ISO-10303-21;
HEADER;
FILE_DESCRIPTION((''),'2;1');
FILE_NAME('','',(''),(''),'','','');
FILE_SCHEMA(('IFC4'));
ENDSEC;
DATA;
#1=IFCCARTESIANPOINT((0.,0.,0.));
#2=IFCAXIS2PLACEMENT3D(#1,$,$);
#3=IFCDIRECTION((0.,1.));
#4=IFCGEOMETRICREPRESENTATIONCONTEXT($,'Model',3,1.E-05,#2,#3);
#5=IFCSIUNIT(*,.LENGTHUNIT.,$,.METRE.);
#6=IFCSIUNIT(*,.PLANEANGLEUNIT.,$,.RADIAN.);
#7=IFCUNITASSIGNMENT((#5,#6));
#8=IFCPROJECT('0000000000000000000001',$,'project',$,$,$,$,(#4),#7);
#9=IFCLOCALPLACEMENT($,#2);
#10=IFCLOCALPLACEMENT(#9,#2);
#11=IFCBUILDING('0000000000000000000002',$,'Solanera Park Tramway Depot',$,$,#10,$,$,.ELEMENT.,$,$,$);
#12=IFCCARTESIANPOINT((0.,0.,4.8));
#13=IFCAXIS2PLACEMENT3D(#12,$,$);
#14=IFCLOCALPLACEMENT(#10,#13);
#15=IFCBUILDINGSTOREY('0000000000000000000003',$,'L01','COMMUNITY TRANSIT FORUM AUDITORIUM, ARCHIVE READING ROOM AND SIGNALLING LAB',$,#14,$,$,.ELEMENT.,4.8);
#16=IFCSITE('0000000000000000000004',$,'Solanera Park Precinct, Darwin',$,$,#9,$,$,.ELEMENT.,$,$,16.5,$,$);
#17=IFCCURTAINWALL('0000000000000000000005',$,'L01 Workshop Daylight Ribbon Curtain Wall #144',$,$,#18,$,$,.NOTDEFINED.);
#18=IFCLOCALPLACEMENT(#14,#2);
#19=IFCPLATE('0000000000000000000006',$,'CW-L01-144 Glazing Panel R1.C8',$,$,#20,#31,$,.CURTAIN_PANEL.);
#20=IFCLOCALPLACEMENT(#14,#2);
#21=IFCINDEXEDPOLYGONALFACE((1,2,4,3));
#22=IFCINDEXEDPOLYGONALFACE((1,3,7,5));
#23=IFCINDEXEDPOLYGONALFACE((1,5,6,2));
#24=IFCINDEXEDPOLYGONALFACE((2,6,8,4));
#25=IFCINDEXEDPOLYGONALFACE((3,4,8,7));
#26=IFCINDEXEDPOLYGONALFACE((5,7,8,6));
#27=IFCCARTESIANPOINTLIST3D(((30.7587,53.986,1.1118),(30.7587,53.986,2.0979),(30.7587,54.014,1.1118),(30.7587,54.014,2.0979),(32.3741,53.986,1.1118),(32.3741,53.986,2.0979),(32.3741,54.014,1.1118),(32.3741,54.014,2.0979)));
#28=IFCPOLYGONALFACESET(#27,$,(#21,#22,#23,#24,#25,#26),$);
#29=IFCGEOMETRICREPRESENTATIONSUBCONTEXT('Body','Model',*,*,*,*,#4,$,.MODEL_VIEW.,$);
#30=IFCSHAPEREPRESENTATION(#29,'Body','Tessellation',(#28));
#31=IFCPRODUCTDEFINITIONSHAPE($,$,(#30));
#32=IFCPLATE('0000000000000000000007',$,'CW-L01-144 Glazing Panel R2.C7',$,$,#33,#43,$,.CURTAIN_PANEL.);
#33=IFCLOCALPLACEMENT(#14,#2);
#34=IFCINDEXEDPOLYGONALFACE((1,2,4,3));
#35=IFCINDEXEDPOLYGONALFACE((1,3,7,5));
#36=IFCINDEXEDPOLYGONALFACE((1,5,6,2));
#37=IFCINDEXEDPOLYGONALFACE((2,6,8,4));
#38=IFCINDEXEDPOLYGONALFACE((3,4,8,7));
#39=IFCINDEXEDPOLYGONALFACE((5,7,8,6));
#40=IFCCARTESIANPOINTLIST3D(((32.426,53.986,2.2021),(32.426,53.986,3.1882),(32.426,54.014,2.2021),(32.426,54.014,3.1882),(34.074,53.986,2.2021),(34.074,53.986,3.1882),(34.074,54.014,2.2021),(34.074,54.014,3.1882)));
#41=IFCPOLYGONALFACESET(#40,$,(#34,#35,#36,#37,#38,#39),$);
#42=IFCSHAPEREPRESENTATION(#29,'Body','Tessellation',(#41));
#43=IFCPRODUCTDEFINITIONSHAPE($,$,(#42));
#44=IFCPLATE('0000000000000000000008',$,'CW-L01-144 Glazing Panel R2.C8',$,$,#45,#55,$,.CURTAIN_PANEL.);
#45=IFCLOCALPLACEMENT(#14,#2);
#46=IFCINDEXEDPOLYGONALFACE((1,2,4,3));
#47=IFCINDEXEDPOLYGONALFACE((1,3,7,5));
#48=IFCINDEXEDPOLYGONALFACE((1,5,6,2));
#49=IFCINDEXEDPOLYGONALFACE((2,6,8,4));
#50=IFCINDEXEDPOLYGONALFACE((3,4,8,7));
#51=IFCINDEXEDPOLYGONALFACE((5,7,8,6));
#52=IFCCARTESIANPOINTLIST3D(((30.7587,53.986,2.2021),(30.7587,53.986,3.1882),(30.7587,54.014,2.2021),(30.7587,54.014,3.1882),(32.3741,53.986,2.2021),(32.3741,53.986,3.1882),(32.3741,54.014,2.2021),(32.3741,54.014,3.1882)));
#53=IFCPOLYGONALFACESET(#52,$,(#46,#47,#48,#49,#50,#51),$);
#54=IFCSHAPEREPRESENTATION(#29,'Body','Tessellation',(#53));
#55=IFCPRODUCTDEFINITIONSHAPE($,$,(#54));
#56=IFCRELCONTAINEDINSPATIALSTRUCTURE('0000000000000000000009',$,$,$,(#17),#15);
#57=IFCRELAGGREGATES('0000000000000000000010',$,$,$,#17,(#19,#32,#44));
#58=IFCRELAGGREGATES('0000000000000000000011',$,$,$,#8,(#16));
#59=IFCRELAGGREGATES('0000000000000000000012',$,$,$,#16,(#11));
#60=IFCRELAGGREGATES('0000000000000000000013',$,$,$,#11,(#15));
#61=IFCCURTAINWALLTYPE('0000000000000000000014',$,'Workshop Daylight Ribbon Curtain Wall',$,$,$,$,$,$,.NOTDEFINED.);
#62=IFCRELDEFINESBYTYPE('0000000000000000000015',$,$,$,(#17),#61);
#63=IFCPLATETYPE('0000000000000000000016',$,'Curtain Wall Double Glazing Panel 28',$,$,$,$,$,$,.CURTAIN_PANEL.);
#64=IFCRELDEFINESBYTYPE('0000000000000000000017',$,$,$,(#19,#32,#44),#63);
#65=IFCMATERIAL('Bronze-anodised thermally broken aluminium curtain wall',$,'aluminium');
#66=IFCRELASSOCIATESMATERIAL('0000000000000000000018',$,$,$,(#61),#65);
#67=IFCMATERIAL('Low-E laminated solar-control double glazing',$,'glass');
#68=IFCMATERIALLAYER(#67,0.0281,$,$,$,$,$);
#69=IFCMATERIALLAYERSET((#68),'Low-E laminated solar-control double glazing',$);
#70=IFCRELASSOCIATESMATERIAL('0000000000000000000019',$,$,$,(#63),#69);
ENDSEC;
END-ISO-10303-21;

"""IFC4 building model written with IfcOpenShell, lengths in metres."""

from ifc_helpers import new_model, si_unit, direction, frame, origin, origin_2d, place, context, subcontext, project, spatial, rectangle, extrude, material, layer, layer_set, type_object, element, aggregate, save


model = new_model("IFC4")

# Units and contexts
model_context = context("Model", 3, precision=1e-05, world=origin(), true_north=direction((0.0, 1.0)))
body_context = subcontext(model_context, "Body", "Model", "MODEL_VIEW")
ifc_project = project(units=[si_unit("LENGTHUNIT", "METRE"), si_unit("PLANEANGLEUNIT", "RADIAN")], contexts=[model_context])

# Site, building, storey
site_placement = place(None, origin())
site = spatial("IfcSite", under=ifc_project, at=site_placement, Name="Solanera Park Precinct, Darwin", CompositionType="ELEMENT", RefElevation=16.5)
building_placement = place(site_placement, origin())
building = spatial("IfcBuilding", under=site, at=building_placement, Name="Solanera Park Tramway Depot", CompositionType="ELEMENT")
storey_placement = place(building_placement, frame((0.0, 0.0, 4.8)))
storey = spatial("IfcBuildingStorey", under=building, at=storey_placement, Name="L01", Description="COMMUNITY TRANSIT FORUM AUDITORIUM, ARCHIVE READING ROOM AND SIGNALLING LAB", CompositionType="ELEMENT", Elevation=4.8)

# Curtain wall
ifc_material_1 = material(Name="Bronze-anodised thermally broken aluminium curtain wall", Category="aluminium")
curtain_wall_type = type_object("IfcCurtainWallType", Name="Workshop Daylight Ribbon Curtain Wall", PredefinedType="NOTDEFINED", material=ifc_material_1)
curtain_wall_1_placement = place(storey_placement, origin())
curtain_wall_1 = element("IfcCurtainWall", 1, at=curtain_wall_1_placement, inside=storey, type_object=curtain_wall_type, Name="L01 Workshop Daylight Ribbon Curtain Wall #144", PredefinedType="NOTDEFINED")

# Plates
ifc_material_2 = material(Name="Low-E laminated solar-control double glazing", Category="glass")
ifc_layer = layer(ifc_material_2, 0.0281)
ifc_layer_set = layer_set([ifc_layer], Name="Low-E laminated solar-control double glazing")
plate_type = type_object("IfcPlateType", Name="Curtain Wall Double Glazing Panel 28", PredefinedType="CURTAIN_PANEL", material=ifc_layer_set)
plate_1_placement = place(storey_placement, frame((31.5664, 54.0, 1.1118), z_axis=(0.0, 0.0, 1.0), x_axis=(-1.0, 0.0, 0.0)))
plate_1 = element("IfcPlate", 2, at=plate_1_placement, type_object=plate_type, Name="CW-L01-144 Glazing Panel R1.C8", PredefinedType="CURTAIN_PANEL", context=body_context, shape_type="SweptSolid", body=[
    extrude(rectangle(XDim=1.6155, YDim=0.0281, at=origin_2d()), origin(), (0.0, 0.0, 1.0), 0.9861),
])
plate_2_placement = place(storey_placement, frame((33.25, 54.0, 2.2021), z_axis=(0.0, 0.0, 1.0), x_axis=(-1.0, 0.0, 0.0)))
plate_2 = element("IfcPlate", 3, at=plate_2_placement, type_object=plate_type, Name="CW-L01-144 Glazing Panel R2.C7", PredefinedType="CURTAIN_PANEL", context=body_context, shape_type="SweptSolid", body=[
    extrude(rectangle(XDim=1.6479, YDim=0.0281, at=origin_2d()), origin(), (0.0, 0.0, 1.0), 0.9861),
])
plate_3_placement = place(storey_placement, frame((31.5664, 54.0, 2.2021), z_axis=(0.0, 0.0, 1.0), x_axis=(-1.0, 0.0, 0.0)))
plate_3 = element("IfcPlate", 4, at=plate_3_placement, type_object=plate_type, Name="CW-L01-144 Glazing Panel R2.C8", PredefinedType="CURTAIN_PANEL", context=body_context, shape_type="SweptSolid", body=[
    extrude(rectangle(XDim=1.6155, YDim=0.0281, at=origin_2d()), origin(), (0.0, 0.0, 1.0), 0.9861),
])
aggregate(curtain_wall_1, [plate_1, plate_2, plate_3])

save(model, "model.ifc")
